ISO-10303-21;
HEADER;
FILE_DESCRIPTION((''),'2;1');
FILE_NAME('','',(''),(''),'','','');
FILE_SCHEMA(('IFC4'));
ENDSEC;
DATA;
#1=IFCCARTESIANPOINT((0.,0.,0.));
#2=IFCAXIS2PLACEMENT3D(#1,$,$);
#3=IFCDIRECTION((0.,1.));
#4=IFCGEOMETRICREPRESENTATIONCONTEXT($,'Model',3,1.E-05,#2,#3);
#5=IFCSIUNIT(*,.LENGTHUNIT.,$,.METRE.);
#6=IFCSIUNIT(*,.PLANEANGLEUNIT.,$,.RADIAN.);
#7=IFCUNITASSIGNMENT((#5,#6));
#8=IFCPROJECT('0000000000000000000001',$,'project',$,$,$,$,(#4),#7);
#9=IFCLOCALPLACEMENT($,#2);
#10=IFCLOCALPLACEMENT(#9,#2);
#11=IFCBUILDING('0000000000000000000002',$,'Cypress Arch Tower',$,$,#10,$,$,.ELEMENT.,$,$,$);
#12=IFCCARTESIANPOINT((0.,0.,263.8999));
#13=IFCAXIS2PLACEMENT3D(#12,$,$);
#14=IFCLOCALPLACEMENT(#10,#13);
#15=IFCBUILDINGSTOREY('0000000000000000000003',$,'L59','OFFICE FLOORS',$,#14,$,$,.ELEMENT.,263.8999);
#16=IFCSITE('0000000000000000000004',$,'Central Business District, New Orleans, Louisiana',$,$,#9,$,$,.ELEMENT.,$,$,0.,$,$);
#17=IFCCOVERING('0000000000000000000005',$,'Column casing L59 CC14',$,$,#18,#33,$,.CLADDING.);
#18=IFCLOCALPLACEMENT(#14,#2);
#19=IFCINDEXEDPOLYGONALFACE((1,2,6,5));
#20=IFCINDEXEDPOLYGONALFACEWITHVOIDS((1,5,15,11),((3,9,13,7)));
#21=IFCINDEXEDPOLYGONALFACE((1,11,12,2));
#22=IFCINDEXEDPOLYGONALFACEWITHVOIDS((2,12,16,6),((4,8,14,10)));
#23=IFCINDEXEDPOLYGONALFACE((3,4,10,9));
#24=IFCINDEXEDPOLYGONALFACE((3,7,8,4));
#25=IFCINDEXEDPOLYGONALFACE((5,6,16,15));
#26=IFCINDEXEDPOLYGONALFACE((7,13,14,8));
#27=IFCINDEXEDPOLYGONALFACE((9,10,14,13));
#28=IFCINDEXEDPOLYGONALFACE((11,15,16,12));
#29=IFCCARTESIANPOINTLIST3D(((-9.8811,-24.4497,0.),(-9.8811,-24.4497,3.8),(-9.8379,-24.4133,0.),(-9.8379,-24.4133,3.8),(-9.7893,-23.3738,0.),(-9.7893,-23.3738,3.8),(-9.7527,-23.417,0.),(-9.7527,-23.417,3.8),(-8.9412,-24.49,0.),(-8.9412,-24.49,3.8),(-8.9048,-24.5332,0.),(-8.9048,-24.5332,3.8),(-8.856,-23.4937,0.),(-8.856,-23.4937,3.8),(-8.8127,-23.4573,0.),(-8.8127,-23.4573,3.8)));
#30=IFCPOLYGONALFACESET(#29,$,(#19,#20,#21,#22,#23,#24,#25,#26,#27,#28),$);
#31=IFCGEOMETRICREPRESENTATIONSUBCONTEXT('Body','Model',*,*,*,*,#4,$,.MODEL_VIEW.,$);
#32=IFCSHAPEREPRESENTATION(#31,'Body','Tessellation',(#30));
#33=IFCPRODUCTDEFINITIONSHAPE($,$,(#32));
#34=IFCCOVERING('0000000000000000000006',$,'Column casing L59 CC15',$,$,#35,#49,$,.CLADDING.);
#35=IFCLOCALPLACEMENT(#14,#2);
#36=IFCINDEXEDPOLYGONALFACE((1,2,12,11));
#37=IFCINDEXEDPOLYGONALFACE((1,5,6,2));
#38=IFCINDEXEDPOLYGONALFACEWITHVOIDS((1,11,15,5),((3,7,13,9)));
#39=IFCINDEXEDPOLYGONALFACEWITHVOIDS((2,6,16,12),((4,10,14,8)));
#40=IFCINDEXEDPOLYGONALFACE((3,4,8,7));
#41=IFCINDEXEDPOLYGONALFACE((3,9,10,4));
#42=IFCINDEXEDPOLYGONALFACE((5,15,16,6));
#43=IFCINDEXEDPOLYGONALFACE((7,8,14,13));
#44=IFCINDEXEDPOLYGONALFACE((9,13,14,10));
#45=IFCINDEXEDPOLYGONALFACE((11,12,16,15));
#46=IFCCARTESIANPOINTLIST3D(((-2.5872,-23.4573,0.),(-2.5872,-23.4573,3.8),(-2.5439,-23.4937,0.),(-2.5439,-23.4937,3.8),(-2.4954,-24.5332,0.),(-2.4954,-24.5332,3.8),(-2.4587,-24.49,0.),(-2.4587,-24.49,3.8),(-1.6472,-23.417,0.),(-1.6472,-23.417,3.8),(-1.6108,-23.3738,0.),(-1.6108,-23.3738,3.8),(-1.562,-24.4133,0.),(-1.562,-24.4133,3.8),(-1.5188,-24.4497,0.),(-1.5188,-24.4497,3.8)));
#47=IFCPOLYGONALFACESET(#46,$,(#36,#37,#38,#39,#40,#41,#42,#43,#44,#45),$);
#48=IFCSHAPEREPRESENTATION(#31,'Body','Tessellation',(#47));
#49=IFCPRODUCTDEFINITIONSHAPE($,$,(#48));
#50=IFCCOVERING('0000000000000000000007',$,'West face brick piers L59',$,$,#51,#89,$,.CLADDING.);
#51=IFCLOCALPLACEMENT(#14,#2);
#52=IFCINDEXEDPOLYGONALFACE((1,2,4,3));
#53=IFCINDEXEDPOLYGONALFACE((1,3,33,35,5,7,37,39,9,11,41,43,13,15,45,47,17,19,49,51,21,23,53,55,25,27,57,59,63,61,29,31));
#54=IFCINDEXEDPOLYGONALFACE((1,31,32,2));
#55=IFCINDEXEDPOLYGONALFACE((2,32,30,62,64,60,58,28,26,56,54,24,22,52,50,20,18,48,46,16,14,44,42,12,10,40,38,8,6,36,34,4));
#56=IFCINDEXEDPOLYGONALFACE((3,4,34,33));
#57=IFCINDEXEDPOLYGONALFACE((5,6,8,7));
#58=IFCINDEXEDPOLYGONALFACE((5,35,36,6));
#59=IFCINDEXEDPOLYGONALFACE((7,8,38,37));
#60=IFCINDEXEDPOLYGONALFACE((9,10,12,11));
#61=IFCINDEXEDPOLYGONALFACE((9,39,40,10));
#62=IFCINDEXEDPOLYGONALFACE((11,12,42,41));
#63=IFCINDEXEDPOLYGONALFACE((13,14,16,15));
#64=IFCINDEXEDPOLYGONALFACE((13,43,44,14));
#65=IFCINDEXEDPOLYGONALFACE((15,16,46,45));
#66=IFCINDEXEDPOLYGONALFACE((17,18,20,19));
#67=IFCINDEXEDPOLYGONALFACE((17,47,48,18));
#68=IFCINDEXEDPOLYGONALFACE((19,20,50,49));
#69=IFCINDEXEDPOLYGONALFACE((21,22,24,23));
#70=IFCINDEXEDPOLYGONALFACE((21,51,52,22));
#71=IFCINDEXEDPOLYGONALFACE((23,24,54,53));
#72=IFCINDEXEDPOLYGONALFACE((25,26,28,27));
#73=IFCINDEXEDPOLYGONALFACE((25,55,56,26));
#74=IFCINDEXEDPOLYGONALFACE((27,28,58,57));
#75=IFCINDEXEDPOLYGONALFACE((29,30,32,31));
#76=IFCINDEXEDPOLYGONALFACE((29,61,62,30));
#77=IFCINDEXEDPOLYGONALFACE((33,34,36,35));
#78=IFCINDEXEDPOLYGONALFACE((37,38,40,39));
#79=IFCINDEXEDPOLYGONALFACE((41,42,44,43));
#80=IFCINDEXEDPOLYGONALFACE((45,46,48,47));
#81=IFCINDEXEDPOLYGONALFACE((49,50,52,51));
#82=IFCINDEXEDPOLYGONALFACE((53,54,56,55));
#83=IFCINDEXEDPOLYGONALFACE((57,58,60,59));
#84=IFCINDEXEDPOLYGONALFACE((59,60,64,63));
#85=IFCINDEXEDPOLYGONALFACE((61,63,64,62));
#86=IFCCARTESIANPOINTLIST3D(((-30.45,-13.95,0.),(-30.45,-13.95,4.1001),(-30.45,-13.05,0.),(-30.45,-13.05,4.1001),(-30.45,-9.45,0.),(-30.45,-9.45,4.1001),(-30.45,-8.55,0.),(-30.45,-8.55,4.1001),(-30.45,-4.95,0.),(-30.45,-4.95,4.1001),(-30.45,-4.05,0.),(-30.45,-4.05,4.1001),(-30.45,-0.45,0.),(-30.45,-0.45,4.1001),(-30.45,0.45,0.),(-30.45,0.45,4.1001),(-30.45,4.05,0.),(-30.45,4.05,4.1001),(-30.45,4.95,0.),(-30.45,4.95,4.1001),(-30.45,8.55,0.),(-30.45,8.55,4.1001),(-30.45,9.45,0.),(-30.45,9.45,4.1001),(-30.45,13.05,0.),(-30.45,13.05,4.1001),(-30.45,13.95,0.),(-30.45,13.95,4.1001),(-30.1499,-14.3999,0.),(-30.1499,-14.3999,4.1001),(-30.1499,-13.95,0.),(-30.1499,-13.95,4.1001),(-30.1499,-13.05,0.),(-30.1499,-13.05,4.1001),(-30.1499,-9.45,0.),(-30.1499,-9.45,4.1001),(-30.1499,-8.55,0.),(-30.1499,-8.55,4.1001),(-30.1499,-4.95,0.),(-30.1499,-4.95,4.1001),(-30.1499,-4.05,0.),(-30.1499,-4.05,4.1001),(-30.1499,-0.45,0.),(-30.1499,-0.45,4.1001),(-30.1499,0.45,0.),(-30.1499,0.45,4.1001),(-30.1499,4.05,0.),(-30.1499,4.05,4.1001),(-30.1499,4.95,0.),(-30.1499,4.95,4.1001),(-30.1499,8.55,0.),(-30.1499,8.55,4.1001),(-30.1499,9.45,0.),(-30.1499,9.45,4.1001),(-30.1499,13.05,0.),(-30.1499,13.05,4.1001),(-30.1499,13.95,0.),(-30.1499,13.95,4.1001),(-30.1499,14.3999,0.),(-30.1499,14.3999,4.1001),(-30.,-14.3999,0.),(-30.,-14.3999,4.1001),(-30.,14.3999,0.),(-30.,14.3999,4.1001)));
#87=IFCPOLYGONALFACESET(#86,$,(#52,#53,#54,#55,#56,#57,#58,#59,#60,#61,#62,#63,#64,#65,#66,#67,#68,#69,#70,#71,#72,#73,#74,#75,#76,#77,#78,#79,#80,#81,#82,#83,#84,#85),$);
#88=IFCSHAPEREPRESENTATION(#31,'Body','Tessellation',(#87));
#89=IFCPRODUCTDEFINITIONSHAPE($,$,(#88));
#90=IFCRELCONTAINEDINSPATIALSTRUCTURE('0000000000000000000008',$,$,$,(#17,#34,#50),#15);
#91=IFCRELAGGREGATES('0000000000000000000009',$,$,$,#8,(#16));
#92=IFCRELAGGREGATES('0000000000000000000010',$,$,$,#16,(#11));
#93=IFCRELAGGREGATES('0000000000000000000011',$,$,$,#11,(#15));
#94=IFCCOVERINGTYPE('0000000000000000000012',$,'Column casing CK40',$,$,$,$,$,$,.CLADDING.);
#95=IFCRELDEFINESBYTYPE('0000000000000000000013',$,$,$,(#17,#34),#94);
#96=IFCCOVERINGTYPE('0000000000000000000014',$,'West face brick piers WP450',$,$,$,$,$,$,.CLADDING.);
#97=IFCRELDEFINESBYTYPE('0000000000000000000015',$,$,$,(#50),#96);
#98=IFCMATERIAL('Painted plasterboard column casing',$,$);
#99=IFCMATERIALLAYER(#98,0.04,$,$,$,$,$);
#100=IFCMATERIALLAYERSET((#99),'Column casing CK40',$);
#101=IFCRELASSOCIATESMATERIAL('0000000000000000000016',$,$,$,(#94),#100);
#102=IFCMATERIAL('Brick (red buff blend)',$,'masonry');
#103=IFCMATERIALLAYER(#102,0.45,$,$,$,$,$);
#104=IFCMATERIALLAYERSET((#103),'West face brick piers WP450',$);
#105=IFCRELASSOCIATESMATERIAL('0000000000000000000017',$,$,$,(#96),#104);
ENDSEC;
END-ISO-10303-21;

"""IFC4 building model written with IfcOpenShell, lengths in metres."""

from ifc_helpers import new_model, si_unit, direction, frame, origin, place, context, subcontext, project, spatial, polyline, outline, extrude, material, layer, layer_set, type_object, element, save


model = new_model("IFC4")

# Units and contexts
model_context = context("Model", 3, precision=1e-05, world=origin(), true_north=direction((0.0, 1.0)))
body_context = subcontext(model_context, "Body", "Model", "MODEL_VIEW")
ifc_project = project(units=[si_unit("LENGTHUNIT", "METRE"), si_unit("PLANEANGLEUNIT", "RADIAN")], contexts=[model_context])

# Site, building, storey
site_placement = place(None, origin())
site = spatial("IfcSite", under=ifc_project, at=site_placement, Name="Central Business District, New Orleans, Louisiana", CompositionType="ELEMENT", RefElevation=0.0)
building_placement = place(site_placement, origin())
building = spatial("IfcBuilding", under=site, at=building_placement, Name="Cypress Arch Tower", CompositionType="ELEMENT")
storey_placement = place(building_placement, frame((0.0, 0.0, 263.8999)))
storey = spatial("IfcBuildingStorey", under=building, at=storey_placement, Name="L59", Description="OFFICE FLOORS", CompositionType="ELEMENT", Elevation=263.8999)

# Coverings
ifc_material_1 = material(Name="Painted plasterboard column casing")
ifc_layer_1 = layer(ifc_material_1, 0.04)
ifc_layer_set_1 = layer_set([ifc_layer_1], Name="Column casing CK40")
covering_type_1 = type_object("IfcCoveringType", Name="Column casing CK40", PredefinedType="CLADDING", material=ifc_layer_set_1)
covering_1_placement = place(storey_placement, origin())
element("IfcCovering", 1, at=covering_1_placement, inside=storey, type_object=covering_type_1, Name="Column casing L59 CC14", PredefinedType="CLADDING", context=body_context, shape_type="SweptSolid", body=[
    extrude(outline(polyline([(-9.8811, -24.4497), (-9.7893, -23.3738), (-8.8127, -23.4573), (-8.9048, -24.5332), (-9.8811, -24.4497)]), holes=[polyline([(-9.8379, -24.4133), (-8.9412, -24.49), (-8.856, -23.4937), (-9.7527, -23.417), (-9.8379, -24.4133)])]), origin(), (0.0, 0.0, 1.0), 3.8),
])
covering_2_placement = place(storey_placement, origin())
element("IfcCovering", 2, at=covering_2_placement, inside=storey, type_object=covering_type_1, Name="Column casing L59 CC15", PredefinedType="CLADDING", context=body_context, shape_type="SweptSolid", body=[
    extrude(outline(polyline([(-2.4954, -24.5332), (-2.5872, -23.4573), (-1.6108, -23.3738), (-1.5188, -24.4497), (-2.4954, -24.5332)]), holes=[polyline([(-2.4587, -24.49), (-1.562, -24.4133), (-1.6472, -23.417), (-2.5439, -23.4937), (-2.4587, -24.49)])]), origin(), (0.0, 0.0, 1.0), 3.8),
])
ifc_material_2 = material(Name="Brick (red buff blend)", Category="masonry")
ifc_layer_2 = layer(ifc_material_2, 0.45)
ifc_layer_set_2 = layer_set([ifc_layer_2], Name="West face brick piers WP450")
covering_type_2 = type_object("IfcCoveringType", Name="West face brick piers WP450", PredefinedType="CLADDING", material=ifc_layer_set_2)
covering_3_placement = place(storey_placement, origin())
element("IfcCovering", 3, at=covering_3_placement, inside=storey, type_object=covering_type_2, Name="West face brick piers L59", PredefinedType="CLADDING", context=body_context, shape_type="SweptSolid", body=[
    extrude(outline(polyline([(-30.1499, -13.05), (-30.1499, -9.45), (-30.45, -9.45), (-30.45, -8.55), (-30.1499, -8.55), (-30.1499, -4.95), (-30.45, -4.95), (-30.45, -4.05), (-30.1499, -4.05), (-30.1499, -0.45), (-30.45, -0.45), (-30.45, 0.45), (-30.1499, 0.45), (-30.1499, 4.05), (-30.45, 4.05), (-30.45, 4.95), (-30.1499, 4.95), (-30.1499, 8.55), (-30.45, 8.55), (-30.45, 9.45), (-30.1499, 9.45), (-30.1499, 13.05), (-30.45, 13.05), (-30.45, 13.95), (-30.1499, 13.95), (-30.1499, 14.3999), (-30.0, 14.3999), (-30.0, -14.3999), (-30.1499, -14.3999), (-30.1499, -13.95), (-30.45, -13.95), (-30.45, -13.05), (-30.1499, -13.05)])), origin(), (0.0, 0.0, 1.0), 4.1001),
])

save(model, "model.ifc")
